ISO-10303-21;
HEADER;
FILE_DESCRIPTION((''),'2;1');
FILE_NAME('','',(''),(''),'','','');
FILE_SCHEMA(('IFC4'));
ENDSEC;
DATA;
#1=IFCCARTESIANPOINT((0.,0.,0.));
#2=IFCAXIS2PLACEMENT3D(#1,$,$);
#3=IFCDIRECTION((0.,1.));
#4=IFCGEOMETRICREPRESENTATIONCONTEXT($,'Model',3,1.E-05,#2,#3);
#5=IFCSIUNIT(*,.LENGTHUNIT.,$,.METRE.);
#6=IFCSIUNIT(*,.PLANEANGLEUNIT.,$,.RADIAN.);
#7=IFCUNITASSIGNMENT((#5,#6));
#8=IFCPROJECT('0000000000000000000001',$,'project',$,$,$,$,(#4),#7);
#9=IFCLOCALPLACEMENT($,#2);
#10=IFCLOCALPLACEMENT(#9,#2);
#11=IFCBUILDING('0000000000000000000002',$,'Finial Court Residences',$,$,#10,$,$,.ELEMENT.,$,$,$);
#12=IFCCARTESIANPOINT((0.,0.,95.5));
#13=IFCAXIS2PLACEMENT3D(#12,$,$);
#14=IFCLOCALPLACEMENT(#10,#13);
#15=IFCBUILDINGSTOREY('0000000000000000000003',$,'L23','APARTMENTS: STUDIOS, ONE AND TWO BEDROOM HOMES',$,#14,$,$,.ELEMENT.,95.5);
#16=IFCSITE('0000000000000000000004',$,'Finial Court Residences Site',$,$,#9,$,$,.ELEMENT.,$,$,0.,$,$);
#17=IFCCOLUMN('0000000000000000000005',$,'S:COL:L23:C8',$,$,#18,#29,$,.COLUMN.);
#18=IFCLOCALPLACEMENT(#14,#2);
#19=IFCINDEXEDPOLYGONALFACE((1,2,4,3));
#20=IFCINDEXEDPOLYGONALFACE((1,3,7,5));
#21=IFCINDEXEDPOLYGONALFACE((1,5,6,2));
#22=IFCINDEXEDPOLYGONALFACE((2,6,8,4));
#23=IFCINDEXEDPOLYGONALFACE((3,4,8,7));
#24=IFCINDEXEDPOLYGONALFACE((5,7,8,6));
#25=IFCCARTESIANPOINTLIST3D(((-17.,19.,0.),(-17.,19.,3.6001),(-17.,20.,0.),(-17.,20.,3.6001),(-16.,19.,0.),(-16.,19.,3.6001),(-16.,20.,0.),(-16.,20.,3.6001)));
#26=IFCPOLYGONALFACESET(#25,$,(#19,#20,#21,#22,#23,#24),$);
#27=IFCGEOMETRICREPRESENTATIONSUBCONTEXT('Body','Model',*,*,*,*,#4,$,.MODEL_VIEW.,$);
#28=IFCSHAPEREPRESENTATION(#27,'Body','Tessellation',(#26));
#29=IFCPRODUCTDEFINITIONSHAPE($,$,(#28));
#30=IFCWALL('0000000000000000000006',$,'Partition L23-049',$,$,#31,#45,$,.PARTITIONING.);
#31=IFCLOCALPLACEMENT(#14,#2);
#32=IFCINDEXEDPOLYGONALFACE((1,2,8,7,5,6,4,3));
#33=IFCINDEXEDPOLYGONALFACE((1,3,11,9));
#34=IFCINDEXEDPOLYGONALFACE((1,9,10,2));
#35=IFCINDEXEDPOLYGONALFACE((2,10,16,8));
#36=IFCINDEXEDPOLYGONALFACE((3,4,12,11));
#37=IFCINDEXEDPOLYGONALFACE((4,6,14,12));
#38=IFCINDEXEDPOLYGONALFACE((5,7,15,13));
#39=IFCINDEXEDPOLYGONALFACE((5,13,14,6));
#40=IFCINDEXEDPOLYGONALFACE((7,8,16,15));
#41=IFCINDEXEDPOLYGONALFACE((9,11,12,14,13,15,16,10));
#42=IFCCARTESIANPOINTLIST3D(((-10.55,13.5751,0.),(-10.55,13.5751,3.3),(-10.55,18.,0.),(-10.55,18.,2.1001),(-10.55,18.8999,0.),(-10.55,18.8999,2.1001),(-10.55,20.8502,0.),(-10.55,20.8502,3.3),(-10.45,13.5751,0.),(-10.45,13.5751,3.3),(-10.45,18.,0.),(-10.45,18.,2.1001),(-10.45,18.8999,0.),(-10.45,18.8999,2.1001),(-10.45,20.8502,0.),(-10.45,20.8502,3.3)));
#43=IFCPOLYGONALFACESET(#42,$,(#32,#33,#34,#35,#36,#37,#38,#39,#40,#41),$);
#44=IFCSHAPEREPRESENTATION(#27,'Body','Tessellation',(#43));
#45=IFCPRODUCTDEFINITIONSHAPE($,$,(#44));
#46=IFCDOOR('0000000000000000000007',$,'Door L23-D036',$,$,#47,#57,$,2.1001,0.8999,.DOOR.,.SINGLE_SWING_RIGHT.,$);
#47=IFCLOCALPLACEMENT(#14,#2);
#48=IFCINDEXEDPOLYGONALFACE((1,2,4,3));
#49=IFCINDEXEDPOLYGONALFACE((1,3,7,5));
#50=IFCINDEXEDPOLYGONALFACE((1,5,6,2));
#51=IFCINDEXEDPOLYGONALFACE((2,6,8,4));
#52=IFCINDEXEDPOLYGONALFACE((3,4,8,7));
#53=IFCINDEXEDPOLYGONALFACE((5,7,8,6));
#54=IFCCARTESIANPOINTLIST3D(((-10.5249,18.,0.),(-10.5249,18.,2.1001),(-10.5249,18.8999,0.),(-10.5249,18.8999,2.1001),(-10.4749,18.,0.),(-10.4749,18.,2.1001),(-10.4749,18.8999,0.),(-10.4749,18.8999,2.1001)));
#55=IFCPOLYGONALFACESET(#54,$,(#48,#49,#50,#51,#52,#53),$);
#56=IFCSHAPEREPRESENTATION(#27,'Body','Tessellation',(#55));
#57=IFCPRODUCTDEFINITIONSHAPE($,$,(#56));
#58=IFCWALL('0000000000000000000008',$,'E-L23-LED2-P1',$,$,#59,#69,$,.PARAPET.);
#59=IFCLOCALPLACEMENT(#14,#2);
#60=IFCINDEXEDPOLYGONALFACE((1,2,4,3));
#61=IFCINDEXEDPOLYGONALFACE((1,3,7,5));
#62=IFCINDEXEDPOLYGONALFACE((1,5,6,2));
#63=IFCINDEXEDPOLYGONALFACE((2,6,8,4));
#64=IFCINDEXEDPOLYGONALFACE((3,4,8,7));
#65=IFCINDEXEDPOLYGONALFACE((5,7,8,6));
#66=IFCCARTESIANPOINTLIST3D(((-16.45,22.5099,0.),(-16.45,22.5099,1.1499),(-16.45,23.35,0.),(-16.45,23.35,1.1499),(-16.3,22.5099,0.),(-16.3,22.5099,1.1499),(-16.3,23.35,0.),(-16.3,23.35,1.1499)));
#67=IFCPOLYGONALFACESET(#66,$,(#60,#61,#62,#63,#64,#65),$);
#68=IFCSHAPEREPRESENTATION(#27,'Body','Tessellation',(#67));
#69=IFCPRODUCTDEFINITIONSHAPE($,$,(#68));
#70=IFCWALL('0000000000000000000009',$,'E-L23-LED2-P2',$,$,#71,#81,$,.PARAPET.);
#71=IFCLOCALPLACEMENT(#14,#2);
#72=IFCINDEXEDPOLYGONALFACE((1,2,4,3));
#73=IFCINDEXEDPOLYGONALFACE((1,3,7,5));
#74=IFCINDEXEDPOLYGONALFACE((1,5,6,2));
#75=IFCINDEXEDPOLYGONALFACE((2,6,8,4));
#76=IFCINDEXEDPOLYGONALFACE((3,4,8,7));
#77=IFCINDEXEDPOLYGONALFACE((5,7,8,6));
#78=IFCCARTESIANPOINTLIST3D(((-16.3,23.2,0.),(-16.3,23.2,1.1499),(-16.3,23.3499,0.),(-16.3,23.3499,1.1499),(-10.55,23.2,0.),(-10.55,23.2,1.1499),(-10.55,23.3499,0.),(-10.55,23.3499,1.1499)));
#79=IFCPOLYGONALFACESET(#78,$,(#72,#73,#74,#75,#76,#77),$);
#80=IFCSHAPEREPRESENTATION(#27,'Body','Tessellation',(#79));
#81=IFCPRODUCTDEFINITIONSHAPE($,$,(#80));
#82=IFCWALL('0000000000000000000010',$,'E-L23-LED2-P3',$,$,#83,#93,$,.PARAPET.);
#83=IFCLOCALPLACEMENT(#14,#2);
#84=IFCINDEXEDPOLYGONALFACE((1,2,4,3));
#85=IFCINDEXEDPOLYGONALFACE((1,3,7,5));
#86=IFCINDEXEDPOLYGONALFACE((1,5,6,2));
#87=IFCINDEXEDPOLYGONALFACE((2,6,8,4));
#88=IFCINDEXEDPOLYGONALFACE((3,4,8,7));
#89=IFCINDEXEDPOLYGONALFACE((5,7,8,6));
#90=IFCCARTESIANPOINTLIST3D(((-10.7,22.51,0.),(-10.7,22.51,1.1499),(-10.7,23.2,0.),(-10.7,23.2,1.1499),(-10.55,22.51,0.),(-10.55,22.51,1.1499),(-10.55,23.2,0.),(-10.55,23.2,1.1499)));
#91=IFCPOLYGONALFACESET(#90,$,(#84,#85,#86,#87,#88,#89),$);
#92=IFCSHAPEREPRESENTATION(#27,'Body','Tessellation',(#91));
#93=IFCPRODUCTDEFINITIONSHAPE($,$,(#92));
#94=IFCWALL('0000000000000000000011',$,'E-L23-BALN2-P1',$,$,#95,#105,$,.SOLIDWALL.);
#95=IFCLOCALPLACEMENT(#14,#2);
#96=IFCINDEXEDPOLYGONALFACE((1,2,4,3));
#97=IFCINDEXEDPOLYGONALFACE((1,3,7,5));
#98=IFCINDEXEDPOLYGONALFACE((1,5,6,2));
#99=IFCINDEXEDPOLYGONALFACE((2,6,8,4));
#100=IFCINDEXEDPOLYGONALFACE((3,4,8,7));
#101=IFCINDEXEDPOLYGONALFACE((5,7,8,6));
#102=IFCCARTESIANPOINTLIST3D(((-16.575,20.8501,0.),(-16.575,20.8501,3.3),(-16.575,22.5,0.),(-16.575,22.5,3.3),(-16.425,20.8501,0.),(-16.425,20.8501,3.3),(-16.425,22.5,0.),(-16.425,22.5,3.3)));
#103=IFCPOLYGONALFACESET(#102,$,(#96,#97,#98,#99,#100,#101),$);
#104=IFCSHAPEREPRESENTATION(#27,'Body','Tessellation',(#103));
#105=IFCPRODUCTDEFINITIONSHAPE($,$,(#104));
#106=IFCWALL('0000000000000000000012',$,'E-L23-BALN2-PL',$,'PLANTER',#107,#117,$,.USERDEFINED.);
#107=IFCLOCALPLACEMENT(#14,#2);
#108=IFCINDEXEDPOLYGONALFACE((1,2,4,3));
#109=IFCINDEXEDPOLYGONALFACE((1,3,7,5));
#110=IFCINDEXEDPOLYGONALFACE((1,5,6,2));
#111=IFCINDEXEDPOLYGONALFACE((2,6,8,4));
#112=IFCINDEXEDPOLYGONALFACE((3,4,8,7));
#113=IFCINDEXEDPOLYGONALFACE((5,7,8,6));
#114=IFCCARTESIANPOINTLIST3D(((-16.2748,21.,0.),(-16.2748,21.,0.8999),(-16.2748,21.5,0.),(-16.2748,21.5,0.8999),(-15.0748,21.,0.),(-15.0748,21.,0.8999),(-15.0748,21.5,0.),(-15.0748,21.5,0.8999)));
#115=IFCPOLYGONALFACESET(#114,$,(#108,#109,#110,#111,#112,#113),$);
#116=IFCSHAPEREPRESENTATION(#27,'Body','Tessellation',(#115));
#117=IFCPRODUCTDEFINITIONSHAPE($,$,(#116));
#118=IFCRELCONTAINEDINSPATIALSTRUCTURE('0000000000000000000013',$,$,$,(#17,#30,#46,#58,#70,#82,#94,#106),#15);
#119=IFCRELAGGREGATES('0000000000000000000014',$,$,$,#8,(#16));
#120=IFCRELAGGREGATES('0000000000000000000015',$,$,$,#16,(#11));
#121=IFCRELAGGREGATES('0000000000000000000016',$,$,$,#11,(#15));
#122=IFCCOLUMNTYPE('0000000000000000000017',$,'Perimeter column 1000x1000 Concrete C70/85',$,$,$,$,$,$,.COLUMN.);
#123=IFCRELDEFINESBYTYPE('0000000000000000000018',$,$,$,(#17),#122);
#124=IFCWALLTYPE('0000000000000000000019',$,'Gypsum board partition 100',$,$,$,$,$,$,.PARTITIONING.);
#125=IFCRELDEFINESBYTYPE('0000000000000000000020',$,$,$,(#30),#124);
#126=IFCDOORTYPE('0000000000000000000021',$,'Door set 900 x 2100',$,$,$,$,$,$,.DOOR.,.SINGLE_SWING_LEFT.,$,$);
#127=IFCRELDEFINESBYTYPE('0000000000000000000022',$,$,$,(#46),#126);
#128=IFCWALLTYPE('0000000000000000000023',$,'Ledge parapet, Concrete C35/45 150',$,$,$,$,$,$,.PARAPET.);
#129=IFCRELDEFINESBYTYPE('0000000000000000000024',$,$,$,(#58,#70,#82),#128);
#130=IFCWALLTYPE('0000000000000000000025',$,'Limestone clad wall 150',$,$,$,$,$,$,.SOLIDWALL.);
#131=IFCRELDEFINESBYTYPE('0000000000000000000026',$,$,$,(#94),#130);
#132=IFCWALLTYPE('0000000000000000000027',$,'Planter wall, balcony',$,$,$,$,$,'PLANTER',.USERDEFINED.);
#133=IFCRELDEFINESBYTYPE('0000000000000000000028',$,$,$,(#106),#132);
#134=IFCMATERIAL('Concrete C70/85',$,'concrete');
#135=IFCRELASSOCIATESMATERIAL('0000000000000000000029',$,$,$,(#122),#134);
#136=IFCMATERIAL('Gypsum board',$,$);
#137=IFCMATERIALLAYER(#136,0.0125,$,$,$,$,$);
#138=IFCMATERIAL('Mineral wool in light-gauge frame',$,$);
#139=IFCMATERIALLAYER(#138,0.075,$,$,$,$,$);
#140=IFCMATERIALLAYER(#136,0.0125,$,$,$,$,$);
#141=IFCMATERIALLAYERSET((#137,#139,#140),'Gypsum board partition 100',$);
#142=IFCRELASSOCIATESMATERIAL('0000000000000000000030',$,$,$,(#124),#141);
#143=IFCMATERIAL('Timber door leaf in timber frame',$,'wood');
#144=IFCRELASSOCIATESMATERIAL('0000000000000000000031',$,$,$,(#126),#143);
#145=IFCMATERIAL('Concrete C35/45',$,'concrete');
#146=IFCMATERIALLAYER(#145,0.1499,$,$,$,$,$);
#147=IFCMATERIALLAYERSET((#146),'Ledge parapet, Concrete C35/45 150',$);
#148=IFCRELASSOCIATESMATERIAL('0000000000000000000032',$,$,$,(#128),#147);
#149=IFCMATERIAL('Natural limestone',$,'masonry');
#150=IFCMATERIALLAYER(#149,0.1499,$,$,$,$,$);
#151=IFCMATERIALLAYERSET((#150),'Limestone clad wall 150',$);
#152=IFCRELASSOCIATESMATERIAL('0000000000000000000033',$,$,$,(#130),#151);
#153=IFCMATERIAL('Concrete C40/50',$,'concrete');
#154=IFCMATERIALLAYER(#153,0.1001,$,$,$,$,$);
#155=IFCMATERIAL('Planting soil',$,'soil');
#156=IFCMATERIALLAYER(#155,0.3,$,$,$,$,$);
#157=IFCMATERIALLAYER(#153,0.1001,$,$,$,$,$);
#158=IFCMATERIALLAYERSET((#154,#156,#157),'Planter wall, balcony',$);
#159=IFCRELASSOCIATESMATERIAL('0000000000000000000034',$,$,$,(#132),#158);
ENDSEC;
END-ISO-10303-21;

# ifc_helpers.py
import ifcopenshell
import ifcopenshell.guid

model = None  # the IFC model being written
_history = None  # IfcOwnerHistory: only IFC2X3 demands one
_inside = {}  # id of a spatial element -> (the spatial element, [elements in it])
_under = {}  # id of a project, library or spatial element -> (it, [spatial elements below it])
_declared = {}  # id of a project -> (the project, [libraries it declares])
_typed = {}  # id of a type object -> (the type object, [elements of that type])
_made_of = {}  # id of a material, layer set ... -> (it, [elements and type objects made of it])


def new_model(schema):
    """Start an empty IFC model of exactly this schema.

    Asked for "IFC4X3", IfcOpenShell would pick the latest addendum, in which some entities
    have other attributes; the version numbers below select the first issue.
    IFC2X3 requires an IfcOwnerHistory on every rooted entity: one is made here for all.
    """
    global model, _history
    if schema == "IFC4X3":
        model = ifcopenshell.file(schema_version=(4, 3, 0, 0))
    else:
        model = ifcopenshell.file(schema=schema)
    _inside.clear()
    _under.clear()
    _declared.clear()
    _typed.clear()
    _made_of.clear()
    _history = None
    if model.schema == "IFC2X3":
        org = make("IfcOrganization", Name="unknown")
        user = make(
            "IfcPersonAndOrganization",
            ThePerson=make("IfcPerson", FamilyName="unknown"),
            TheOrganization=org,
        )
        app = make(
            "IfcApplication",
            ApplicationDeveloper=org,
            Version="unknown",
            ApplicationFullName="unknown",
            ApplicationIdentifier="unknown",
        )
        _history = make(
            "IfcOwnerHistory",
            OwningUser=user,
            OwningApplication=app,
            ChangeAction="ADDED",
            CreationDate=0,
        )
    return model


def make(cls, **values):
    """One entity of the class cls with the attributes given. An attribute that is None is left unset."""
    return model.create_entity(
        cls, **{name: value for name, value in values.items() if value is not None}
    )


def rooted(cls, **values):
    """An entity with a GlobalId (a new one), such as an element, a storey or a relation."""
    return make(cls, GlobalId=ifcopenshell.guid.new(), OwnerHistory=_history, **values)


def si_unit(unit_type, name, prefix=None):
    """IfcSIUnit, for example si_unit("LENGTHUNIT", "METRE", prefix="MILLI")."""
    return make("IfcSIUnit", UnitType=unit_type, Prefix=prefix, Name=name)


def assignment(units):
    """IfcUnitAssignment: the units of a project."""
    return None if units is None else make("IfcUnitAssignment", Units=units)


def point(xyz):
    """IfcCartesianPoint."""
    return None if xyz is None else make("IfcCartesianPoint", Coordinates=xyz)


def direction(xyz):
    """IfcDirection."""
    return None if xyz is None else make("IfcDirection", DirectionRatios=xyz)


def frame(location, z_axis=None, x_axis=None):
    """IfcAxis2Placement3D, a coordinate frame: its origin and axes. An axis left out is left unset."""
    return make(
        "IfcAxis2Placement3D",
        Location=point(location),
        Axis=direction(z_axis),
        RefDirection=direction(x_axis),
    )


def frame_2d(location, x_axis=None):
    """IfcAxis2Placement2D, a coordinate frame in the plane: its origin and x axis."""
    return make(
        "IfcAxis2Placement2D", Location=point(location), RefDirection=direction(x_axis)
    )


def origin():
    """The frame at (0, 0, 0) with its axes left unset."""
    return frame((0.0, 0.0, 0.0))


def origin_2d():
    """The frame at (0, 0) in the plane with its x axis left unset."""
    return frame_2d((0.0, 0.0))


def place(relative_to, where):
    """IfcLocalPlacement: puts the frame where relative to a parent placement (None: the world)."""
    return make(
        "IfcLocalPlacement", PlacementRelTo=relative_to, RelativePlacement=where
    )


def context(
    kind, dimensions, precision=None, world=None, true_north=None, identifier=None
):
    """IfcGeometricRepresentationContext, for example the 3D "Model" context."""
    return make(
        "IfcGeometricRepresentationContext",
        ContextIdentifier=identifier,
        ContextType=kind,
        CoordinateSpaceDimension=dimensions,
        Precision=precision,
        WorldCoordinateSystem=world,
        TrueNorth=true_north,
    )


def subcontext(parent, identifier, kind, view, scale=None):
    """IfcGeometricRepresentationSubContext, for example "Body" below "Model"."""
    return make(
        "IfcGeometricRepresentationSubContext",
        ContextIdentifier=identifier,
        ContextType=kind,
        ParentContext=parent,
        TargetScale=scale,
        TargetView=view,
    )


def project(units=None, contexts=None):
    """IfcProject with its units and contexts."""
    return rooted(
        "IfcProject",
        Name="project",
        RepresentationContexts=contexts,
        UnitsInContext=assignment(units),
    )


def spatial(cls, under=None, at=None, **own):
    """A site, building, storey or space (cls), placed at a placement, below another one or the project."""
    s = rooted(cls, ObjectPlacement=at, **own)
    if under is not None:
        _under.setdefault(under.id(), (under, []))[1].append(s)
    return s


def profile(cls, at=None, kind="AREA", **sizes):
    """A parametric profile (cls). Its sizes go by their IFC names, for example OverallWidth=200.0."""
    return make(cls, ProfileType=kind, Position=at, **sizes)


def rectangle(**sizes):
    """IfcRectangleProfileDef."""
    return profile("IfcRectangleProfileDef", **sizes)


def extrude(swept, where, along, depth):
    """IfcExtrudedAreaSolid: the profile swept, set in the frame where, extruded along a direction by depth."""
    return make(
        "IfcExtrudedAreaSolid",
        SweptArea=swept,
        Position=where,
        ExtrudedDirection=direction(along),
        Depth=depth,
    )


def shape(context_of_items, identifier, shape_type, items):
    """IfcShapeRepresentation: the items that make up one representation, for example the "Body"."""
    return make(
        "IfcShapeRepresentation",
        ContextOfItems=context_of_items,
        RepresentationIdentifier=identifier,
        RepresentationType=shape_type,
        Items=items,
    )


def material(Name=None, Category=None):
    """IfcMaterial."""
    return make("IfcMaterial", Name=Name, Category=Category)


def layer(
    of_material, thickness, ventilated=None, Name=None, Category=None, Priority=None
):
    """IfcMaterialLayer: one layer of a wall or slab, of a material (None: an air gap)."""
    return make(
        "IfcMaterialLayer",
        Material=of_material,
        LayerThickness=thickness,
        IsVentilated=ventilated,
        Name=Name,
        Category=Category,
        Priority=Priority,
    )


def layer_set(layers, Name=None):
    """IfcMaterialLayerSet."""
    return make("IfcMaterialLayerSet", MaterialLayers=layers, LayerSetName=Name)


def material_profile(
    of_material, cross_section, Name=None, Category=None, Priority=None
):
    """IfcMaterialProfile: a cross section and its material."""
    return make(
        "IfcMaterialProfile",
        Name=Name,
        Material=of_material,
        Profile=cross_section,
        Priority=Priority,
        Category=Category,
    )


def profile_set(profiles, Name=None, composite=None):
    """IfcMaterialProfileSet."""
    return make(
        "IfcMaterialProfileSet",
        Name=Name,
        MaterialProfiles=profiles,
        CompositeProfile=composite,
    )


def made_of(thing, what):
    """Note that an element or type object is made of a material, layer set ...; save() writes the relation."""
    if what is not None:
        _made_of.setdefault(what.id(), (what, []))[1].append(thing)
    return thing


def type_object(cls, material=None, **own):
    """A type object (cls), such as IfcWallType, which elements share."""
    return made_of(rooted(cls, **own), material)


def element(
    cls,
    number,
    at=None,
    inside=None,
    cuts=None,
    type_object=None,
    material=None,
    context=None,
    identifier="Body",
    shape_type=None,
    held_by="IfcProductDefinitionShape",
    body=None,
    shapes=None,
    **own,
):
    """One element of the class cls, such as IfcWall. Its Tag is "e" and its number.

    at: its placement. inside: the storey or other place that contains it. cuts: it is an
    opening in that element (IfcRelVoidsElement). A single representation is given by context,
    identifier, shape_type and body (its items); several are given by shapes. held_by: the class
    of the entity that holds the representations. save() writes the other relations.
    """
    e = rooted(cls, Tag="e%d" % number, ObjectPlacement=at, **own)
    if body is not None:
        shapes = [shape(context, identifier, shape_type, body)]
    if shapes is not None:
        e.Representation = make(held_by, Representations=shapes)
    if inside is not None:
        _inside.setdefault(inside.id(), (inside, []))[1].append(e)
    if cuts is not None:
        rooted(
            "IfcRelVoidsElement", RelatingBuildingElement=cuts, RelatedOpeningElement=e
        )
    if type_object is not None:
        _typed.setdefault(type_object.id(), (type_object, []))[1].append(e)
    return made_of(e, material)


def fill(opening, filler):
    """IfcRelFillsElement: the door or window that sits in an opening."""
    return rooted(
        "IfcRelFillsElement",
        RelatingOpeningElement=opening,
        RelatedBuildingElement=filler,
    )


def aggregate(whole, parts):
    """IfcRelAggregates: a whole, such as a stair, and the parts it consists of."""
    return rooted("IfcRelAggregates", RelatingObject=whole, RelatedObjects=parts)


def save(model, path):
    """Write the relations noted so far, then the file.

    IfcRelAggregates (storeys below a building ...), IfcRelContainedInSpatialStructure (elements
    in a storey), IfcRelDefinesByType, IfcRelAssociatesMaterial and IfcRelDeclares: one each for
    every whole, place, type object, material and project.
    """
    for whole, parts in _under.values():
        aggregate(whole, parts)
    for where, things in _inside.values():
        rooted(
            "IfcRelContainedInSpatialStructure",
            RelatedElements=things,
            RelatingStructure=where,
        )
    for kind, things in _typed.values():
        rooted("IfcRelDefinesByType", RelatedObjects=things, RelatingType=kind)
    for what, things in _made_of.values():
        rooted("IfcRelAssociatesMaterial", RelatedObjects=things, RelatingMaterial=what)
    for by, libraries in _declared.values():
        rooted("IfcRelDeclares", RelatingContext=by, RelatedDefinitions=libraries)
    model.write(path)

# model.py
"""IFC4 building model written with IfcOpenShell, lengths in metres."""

from ifc_helpers import new_model, si_unit, direction, frame, frame_2d, origin, origin_2d, place, context, subcontext, project, spatial, rectangle, extrude, material, layer, layer_set, material_profile, profile_set, type_object, element, fill, save


model = new_model("IFC4")

# Units and contexts
model_context = context("Model", 3, precision=1e-05, world=origin(), true_north=direction((0.0, 1.0)))
body_context = subcontext(model_context, "Body", "Model", "MODEL_VIEW")
ifc_project = project(units=[si_unit("LENGTHUNIT", "METRE"), si_unit("PLANEANGLEUNIT", "RADIAN")], contexts=[model_context])

# Site, building, storey
site_placement = place(None, origin())
site = spatial("IfcSite", under=ifc_project, at=site_placement, Name="Finial Court Residences Site", CompositionType="ELEMENT", RefElevation=0.0)
building_placement = place(site_placement, origin())
building = spatial("IfcBuilding", under=site, at=building_placement, Name="Finial Court Residences", CompositionType="ELEMENT")
storey_placement = place(building_placement, frame((0.0, 0.0, 95.5)))
storey = spatial("IfcBuildingStorey", under=building, at=storey_placement, Name="L23", Description="APARTMENTS: STUDIOS, ONE AND TWO BEDROOM HOMES", CompositionType="ELEMENT", Elevation=95.5)

# Column
ifc_material_1 = material(Name="Concrete C70/85", Category="concrete")
ifc_material_profile = material_profile(ifc_material_1, rectangle(XDim=1.0, YDim=1.0, at=origin_2d()), Name="1000x1000")
ifc_profile_set = profile_set([ifc_material_profile], Name="Concrete C70/85")
column_type = type_object("IfcColumnType", Name="Perimeter column 1000x1000 Concrete C70/85", PredefinedType="COLUMN", material=ifc_profile_set)
column_placement = place(storey_placement, frame((-16.5, 19.5, 0.0), z_axis=(0.0, 0.0, 1.0), x_axis=(1.0, 0.0, 0.0)))
element("IfcColumn", 1, at=column_placement, inside=storey, type_object=column_type, Name="S:COL:L23:C8", PredefinedType="COLUMN", context=body_context, shape_type="SweptSolid", body=[
    extrude(rectangle(XDim=1.0, YDim=1.0, at=origin_2d()), origin(), (0.0, 0.0, 1.0), 3.6001),
])

# Wall, opening, door
ifc_material_2 = material(Name="Gypsum board")
ifc_layer_1 = layer(ifc_material_2, 0.0125)
ifc_material_3 = material(Name="Mineral wool in light-gauge frame")
ifc_layer_2 = layer(ifc_material_3, 0.075)
ifc_layer_3 = layer(ifc_material_2, 0.0125)
ifc_layer_set_1 = layer_set([ifc_layer_1, ifc_layer_2, ifc_layer_3], Name="Gypsum board partition 100")
wall_type_1 = type_object("IfcWallType", Name="Gypsum board partition 100", PredefinedType="PARTITIONING", material=ifc_layer_set_1)
wall_1_placement = place(storey_placement, frame((-10.5, 13.575, 0.0), z_axis=(0.0, 0.0, 1.0), x_axis=(0.0, 1.0, 0.0)))
wall_1 = element("IfcWall", 2, at=wall_1_placement, inside=storey, type_object=wall_type_1, Name="Partition L23-049", PredefinedType="PARTITIONING", context=body_context, shape_type="SweptSolid", body=[
    extrude(rectangle(XDim=7.2751, YDim=0.1001, at=frame_2d((3.6377, 0.0))), origin(), (0.0, 0.0, 1.0), 3.3),
])
opening_1_placement = place(wall_1_placement, frame((4.425, 0.0, 0.0)))
opening_1 = element("IfcOpeningElement", 3, at=opening_1_placement, cuts=wall_1, PredefinedType="OPENING", context=body_context, shape_type="SweptSolid", body=[
    extrude(rectangle(XDim=0.8999, YDim=2.1001, at=frame_2d((0.45, 1.05))), frame((0.0, 0.0601, 0.0), z_axis=(0.0, -1.0, 0.0), x_axis=(1.0, 0.0, 0.0)), (0.0, 0.0, 1.0), 0.1201),
])
ifc_material_4 = material(Name="Timber door leaf in timber frame", Category="wood")
door_type_1 = type_object("IfcDoorType", Name="Door set 900 x 2100", OperationType="SINGLE_SWING_LEFT", PredefinedType="DOOR", material=ifc_material_4)
door_1_placement = place(opening_1_placement, origin())
door_1 = element("IfcDoor", 4, at=door_1_placement, inside=storey, type_object=door_type_1, Name="Door L23-D036", OperationType="SINGLE_SWING_RIGHT", OverallHeight=2.1001, OverallWidth=0.8999, PredefinedType="DOOR", context=body_context, shape_type="SweptSolid", body=[
    extrude(rectangle(XDim=0.8999, YDim=2.1001, at=frame_2d((0.45, 1.05))), frame((0.0, 0.0249, 0.0), z_axis=(0.0, -1.0, 0.0), x_axis=(1.0, 0.0, 0.0)), (0.0, 0.0, 1.0), 0.05),
])
fill(opening_1, door_1)

# Walls
ifc_material_5 = material(Name="Concrete C35/45", Category="concrete")
ifc_layer_4 = layer(ifc_material_5, 0.1499)
ifc_layer_set_2 = layer_set([ifc_layer_4], Name="Ledge parapet, Concrete C35/45 150")
wall_type_2 = type_object("IfcWallType", Name="Ledge parapet, Concrete C35/45 150", PredefinedType="PARAPET", material=ifc_layer_set_2)
wall_2_placement = place(storey_placement, frame((-16.375, 22.51, 0.0), z_axis=(0.0, 0.0, 1.0), x_axis=(0.0, 1.0, 0.0)))
element("IfcWall", 5, at=wall_2_placement, inside=storey, type_object=wall_type_2, Name="E-L23-LED2-P1", PredefinedType="PARAPET", context=body_context, shape_type="SweptSolid", body=[
    extrude(rectangle(XDim=0.8401, YDim=0.1499, at=frame_2d((0.4199, 0.0))), origin(), (0.0, 0.0, 1.0), 1.1499),
])
wall_3_placement = place(storey_placement, frame((-16.3, 23.2749, 0.0), z_axis=(0.0, 0.0, 1.0), x_axis=(1.0, 0.0, 0.0)))
element("IfcWall", 6, at=wall_3_placement, inside=storey, type_object=wall_type_2, Name="E-L23-LED2-P2", PredefinedType="PARAPET", context=body_context, shape_type="SweptSolid", body=[
    extrude(rectangle(XDim=5.75, YDim=0.1499, at=frame_2d((2.875, 0.0))), origin(), (0.0, 0.0, 1.0), 1.1499),
])
wall_4_placement = place(storey_placement, frame((-10.625, 23.2, 0.0), z_axis=(0.0, 0.0, 1.0), x_axis=(0.0, -1.0, 0.0)))
element("IfcWall", 7, at=wall_4_placement, inside=storey, type_object=wall_type_2, Name="E-L23-LED2-P3", PredefinedType="PARAPET", context=body_context, shape_type="SweptSolid", body=[
    extrude(rectangle(XDim=0.6899, YDim=0.1499, at=frame_2d((0.345, 0.0))), origin(), (0.0, 0.0, 1.0), 1.1499),
])
ifc_material_6 = material(Name="Natural limestone", Category="masonry")
ifc_layer_5 = layer(ifc_material_6, 0.1499)
ifc_layer_set_3 = layer_set([ifc_layer_5], Name="Limestone clad wall 150")
wall_type_3 = type_object("IfcWallType", Name="Limestone clad wall 150", PredefinedType="SOLIDWALL", material=ifc_layer_set_3)
wall_5_placement = place(storey_placement, frame((-16.5, 20.8501, 0.0), z_axis=(0.0, 0.0, 1.0), x_axis=(0.0, 1.0, 0.0)))
element("IfcWall", 8, at=wall_5_placement, inside=storey, type_object=wall_type_3, Name="E-L23-BALN2-P1", PredefinedType="SOLIDWALL", context=body_context, shape_type="SweptSolid", body=[
    extrude(rectangle(XDim=1.6499, YDim=0.1499, at=frame_2d((0.825, 0.0))), origin(), (0.0, 0.0, 1.0), 3.3),
])

# Wall
ifc_material_7 = material(Name="Concrete C40/50", Category="concrete")
ifc_layer_6 = layer(ifc_material_7, 0.1001)
ifc_material_8 = material(Name="Planting soil", Category="soil")
ifc_layer_7 = layer(ifc_material_8, 0.3)
ifc_layer_8 = layer(ifc_material_7, 0.1001)
ifc_layer_set_4 = layer_set([ifc_layer_6, ifc_layer_7, ifc_layer_8], Name="Planter wall, balcony")
wall_type_4 = type_object("IfcWallType", Name="Planter wall, balcony", ElementType="PLANTER", PredefinedType="USERDEFINED", material=ifc_layer_set_4)
wall_6_placement = place(storey_placement, frame((-16.2749, 21.25, 0.0), z_axis=(0.0, 0.0, 1.0), x_axis=(1.0, 0.0, 0.0)))
element("IfcWall", 9, at=wall_6_placement, inside=storey, type_object=wall_type_4, Name="E-L23-BALN2-PL", ObjectType="PLANTER", PredefinedType="USERDEFINED", context=body_context, shape_type="SweptSolid", body=[
    extrude(rectangle(XDim=1.2, YDim=0.5, at=frame_2d((0.6001, 0.0))), origin(), (0.0, 0.0, 1.0), 0.8999),
])

save(model, "model.ifc")
